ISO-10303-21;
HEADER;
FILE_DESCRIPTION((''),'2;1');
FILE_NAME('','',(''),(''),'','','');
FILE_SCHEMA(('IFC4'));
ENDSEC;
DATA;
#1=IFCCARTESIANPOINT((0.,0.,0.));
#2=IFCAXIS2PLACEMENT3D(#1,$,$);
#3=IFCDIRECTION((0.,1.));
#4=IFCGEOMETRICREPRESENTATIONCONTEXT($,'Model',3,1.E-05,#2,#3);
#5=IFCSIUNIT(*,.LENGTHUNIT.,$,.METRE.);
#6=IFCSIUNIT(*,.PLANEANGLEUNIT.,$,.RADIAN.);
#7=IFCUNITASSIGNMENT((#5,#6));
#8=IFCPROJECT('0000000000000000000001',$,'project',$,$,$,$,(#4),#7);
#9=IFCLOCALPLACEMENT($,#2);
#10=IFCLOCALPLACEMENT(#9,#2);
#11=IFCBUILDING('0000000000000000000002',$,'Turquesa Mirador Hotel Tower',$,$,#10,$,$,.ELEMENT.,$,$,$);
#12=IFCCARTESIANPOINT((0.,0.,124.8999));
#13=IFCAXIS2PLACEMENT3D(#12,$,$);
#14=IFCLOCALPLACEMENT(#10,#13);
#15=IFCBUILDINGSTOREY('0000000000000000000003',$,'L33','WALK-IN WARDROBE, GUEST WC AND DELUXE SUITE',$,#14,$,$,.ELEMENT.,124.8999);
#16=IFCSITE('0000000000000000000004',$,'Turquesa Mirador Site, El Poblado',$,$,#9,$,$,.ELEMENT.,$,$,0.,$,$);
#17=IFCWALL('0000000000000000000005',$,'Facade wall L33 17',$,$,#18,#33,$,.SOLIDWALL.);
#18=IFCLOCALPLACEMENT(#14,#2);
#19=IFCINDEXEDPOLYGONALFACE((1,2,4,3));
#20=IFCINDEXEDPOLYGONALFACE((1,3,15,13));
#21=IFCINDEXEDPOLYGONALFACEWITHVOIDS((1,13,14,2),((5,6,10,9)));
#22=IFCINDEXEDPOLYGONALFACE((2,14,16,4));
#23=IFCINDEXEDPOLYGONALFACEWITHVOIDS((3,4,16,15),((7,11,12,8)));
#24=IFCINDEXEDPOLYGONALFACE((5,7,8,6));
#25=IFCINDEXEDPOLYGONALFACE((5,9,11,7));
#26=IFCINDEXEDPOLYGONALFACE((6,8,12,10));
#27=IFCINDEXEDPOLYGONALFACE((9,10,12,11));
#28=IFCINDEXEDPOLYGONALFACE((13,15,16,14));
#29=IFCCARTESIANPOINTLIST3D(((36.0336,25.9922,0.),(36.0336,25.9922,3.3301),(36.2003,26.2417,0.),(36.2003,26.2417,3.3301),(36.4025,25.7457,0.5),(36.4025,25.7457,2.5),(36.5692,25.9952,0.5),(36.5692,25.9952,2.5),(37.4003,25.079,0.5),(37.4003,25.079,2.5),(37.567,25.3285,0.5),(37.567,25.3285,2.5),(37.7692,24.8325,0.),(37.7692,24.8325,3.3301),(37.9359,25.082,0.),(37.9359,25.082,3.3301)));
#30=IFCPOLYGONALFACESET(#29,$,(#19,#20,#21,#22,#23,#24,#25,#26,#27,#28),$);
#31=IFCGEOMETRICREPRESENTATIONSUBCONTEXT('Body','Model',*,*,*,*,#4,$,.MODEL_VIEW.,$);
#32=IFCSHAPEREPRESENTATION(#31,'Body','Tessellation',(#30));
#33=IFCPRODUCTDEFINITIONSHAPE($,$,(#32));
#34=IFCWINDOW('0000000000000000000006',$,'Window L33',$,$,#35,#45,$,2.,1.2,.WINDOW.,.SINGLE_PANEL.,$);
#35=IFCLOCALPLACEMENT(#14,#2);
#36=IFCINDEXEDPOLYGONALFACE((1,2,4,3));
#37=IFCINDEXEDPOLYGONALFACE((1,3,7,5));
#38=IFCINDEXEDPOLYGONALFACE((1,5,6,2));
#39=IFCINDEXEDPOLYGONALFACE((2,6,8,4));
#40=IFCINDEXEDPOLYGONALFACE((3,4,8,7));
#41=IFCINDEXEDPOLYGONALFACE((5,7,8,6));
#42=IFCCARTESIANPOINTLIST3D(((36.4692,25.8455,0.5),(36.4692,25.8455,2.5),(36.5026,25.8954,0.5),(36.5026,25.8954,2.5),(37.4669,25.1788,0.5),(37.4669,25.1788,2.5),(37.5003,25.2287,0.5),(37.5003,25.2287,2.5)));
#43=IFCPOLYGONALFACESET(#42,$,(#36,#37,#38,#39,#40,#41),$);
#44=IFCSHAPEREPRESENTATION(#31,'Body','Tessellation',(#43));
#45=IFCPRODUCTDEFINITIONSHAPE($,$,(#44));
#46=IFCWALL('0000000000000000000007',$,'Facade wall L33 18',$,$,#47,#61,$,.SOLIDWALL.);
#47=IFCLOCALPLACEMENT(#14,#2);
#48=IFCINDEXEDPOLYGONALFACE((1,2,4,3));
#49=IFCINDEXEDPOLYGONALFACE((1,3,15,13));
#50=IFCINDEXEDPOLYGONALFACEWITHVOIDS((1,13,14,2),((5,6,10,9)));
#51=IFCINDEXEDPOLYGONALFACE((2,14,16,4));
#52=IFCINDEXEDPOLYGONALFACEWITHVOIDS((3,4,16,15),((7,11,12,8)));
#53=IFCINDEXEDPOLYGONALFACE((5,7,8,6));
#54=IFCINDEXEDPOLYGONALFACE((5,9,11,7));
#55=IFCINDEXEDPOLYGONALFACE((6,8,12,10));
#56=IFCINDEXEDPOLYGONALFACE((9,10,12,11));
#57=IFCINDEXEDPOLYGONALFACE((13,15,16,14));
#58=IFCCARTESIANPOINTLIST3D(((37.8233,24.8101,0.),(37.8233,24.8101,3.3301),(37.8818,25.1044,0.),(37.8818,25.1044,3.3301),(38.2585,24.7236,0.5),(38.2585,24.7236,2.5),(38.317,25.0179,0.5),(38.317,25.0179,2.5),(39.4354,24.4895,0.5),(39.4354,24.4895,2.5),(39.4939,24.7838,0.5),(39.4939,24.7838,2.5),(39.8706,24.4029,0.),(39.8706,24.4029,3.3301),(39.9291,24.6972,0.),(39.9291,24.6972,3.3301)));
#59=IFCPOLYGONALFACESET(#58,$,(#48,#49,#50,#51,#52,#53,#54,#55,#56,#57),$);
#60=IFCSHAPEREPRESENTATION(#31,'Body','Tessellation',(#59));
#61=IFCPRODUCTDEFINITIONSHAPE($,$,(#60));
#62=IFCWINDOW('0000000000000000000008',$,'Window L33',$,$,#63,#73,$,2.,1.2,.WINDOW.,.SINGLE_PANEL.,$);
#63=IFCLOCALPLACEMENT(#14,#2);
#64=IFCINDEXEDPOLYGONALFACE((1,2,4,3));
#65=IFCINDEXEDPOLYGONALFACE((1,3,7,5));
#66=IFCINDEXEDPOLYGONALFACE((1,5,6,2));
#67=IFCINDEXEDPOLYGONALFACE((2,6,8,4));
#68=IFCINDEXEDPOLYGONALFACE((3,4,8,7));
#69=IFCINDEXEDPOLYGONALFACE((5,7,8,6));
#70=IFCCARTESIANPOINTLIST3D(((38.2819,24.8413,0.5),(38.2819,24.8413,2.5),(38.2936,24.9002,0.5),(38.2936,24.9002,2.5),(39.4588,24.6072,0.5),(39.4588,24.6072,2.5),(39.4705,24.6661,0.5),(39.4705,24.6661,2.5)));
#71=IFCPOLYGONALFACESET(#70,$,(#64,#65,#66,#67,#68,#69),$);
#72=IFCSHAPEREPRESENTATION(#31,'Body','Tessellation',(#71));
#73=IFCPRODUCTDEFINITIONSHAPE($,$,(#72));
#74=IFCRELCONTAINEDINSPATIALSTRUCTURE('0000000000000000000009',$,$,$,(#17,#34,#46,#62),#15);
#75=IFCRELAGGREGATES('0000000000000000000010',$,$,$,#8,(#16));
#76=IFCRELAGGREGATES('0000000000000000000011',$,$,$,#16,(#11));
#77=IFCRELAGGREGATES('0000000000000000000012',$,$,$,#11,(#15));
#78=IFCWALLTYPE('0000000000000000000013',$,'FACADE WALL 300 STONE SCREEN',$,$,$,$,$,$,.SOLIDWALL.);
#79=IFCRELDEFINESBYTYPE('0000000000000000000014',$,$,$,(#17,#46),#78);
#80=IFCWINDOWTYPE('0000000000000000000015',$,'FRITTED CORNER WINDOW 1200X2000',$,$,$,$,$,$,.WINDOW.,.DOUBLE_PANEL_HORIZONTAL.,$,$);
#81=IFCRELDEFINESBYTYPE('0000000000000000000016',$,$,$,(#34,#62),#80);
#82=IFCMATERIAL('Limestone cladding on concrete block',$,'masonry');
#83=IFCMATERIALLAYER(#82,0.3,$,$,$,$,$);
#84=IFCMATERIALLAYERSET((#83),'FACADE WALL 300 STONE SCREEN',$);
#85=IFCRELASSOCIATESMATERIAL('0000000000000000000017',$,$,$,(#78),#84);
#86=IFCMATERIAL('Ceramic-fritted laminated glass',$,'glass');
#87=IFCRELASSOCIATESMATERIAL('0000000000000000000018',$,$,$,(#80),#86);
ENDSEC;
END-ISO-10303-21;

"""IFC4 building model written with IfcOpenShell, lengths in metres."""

from ifc_helpers import new_model, si_unit, direction, frame, frame_2d, origin, place, context, subcontext, project, spatial, rectangle, extrude, material, layer, layer_set, type_object, element, fill, save


model = new_model("IFC4")

# Units and contexts
model_context = context("Model", 3, precision=1e-05, world=origin(), true_north=direction((0.0, 1.0)))
body_context = subcontext(model_context, "Body", "Model", "MODEL_VIEW")
ifc_project = project(units=[si_unit("LENGTHUNIT", "METRE"), si_unit("PLANEANGLEUNIT", "RADIAN")], contexts=[model_context])

# Site, building, storey
site_placement = place(None, origin())
site = spatial("IfcSite", under=ifc_project, at=site_placement, Name="Turquesa Mirador Site, El Poblado", CompositionType="ELEMENT", RefElevation=0.0)
building_placement = place(site_placement, origin())
building = spatial("IfcBuilding", under=site, at=building_placement, Name="Turquesa Mirador Hotel Tower", CompositionType="ELEMENT")
storey_placement = place(building_placement, frame((0.0, 0.0, 124.8999)))
storey = spatial("IfcBuildingStorey", under=building, at=storey_placement, Name="L33", Description="WALK-IN WARDROBE, GUEST WC AND DELUXE SUITE", CompositionType="ELEMENT", Elevation=124.8999)

# Walls, openings, windows
ifc_material_1 = material(Name="Limestone cladding on concrete block", Category="masonry")
ifc_layer_1 = layer(ifc_material_1, 0.3)
ifc_layer_set_1 = layer_set([ifc_layer_1], Name="FACADE WALL 300 STONE SCREEN")
wall_type_1 = type_object("IfcWallType", Name="FACADE WALL 300 STONE SCREEN", PredefinedType="SOLIDWALL", material=ifc_layer_set_1)
ifc_material_2 = material(Name="Ceramic-fritted laminated glass", Category="glass")
window_type_1 = type_object("IfcWindowType", Name="FRITTED CORNER WINDOW 1200X2000", PartitioningType="DOUBLE_PANEL_HORIZONTAL", PredefinedType="WINDOW", material=ifc_material_2)
wall_1_placement = place(storey_placement, frame((36.1169, 26.1169, 0.0), z_axis=(0.0, 0.0, 1.0), x_axis=(0.831474, -0.555564, 0.0)))
wall_1 = element("IfcWall", 1, at=wall_1_placement, inside=storey, type_object=wall_type_1, Name="Facade wall L33 17", PredefinedType="SOLIDWALL", context=body_context, shape_type="SweptSolid", body=[
    extrude(rectangle(XDim=2.0874, YDim=0.3, at=frame_2d((1.0437, 0.0))), origin(), (0.0, 0.0, 1.0), 3.3301),
])
opening_1_placement = place(wall_1_placement, frame((0.4436, 0.0, 0.5)))
opening_1 = element("IfcOpeningElement", 2, at=opening_1_placement, cuts=wall_1, PredefinedType="OPENING", context=body_context, shape_type="SweptSolid", body=[
    extrude(rectangle(XDim=1.2, YDim=2.0, at=frame_2d((0.6001, 1.0))), frame((0.0, 0.1599, 0.0), z_axis=(0.0, -1.0, 0.0), x_axis=(1.0, 0.0, 0.0)), (0.0, 0.0, 1.0), 0.3201),
])
window_1_placement = place(opening_1_placement, origin())
window_1 = element("IfcWindow", 3, at=window_1_placement, inside=storey, type_object=window_type_1, Name="Window L33", OverallHeight=2.0, OverallWidth=1.2, PartitioningType="SINGLE_PANEL", PredefinedType="WINDOW", context=body_context, shape_type="SweptSolid", body=[
    extrude(rectangle(XDim=1.2, YDim=2.0, at=frame_2d((0.6001, 1.0))), frame((0.0, 0.03, 0.0), z_axis=(0.0, -1.0, 0.0), x_axis=(1.0, 0.0, 0.0)), (0.0, 0.0, 1.0), 0.0601),
])
fill(opening_1, window_1)
wall_2_placement = place(storey_placement, frame((37.8525, 24.9573, 0.0), z_axis=(0.0, 0.0, 1.0), x_axis=(0.980787, -0.195081, 0.0)))
wall_2 = element("IfcWall", 4, at=wall_2_placement, inside=storey, type_object=wall_type_1, Name="Facade wall L33 18", PredefinedType="SOLIDWALL", context=body_context, shape_type="SweptSolid", body=[
    extrude(rectangle(XDim=2.0874, YDim=0.3, at=frame_2d((1.0437, 0.0))), origin(), (0.0, 0.0, 1.0), 3.3301),
])
opening_2_placement = place(wall_2_placement, frame((0.4436, 0.0, 0.5)))
opening_2 = element("IfcOpeningElement", 5, at=opening_2_placement, cuts=wall_2, PredefinedType="OPENING", context=body_context, shape_type="SweptSolid", body=[
    extrude(rectangle(XDim=1.2, YDim=2.0, at=frame_2d((0.6001, 1.0))), frame((0.0, 0.1599, 0.0), z_axis=(0.0, -1.0, 0.0), x_axis=(1.0, 0.0, 0.0)), (0.0, 0.0, 1.0), 0.3201),
])
window_2_placement = place(opening_2_placement, origin())
window_2 = element("IfcWindow", 6, at=window_2_placement, inside=storey, type_object=window_type_1, Name="Window L33", OverallHeight=2.0, OverallWidth=1.2, PartitioningType="SINGLE_PANEL", PredefinedType="WINDOW", context=body_context, shape_type="SweptSolid", body=[
    extrude(rectangle(XDim=1.2, YDim=2.0, at=frame_2d((0.6001, 1.0))), frame((0.0, 0.03, 0.0), z_axis=(0.0, -1.0, 0.0), x_axis=(1.0, 0.0, 0.0)), (0.0, 0.0, 1.0), 0.0601),
])
fill(opening_2, window_2)

save(model, "model.ifc")
